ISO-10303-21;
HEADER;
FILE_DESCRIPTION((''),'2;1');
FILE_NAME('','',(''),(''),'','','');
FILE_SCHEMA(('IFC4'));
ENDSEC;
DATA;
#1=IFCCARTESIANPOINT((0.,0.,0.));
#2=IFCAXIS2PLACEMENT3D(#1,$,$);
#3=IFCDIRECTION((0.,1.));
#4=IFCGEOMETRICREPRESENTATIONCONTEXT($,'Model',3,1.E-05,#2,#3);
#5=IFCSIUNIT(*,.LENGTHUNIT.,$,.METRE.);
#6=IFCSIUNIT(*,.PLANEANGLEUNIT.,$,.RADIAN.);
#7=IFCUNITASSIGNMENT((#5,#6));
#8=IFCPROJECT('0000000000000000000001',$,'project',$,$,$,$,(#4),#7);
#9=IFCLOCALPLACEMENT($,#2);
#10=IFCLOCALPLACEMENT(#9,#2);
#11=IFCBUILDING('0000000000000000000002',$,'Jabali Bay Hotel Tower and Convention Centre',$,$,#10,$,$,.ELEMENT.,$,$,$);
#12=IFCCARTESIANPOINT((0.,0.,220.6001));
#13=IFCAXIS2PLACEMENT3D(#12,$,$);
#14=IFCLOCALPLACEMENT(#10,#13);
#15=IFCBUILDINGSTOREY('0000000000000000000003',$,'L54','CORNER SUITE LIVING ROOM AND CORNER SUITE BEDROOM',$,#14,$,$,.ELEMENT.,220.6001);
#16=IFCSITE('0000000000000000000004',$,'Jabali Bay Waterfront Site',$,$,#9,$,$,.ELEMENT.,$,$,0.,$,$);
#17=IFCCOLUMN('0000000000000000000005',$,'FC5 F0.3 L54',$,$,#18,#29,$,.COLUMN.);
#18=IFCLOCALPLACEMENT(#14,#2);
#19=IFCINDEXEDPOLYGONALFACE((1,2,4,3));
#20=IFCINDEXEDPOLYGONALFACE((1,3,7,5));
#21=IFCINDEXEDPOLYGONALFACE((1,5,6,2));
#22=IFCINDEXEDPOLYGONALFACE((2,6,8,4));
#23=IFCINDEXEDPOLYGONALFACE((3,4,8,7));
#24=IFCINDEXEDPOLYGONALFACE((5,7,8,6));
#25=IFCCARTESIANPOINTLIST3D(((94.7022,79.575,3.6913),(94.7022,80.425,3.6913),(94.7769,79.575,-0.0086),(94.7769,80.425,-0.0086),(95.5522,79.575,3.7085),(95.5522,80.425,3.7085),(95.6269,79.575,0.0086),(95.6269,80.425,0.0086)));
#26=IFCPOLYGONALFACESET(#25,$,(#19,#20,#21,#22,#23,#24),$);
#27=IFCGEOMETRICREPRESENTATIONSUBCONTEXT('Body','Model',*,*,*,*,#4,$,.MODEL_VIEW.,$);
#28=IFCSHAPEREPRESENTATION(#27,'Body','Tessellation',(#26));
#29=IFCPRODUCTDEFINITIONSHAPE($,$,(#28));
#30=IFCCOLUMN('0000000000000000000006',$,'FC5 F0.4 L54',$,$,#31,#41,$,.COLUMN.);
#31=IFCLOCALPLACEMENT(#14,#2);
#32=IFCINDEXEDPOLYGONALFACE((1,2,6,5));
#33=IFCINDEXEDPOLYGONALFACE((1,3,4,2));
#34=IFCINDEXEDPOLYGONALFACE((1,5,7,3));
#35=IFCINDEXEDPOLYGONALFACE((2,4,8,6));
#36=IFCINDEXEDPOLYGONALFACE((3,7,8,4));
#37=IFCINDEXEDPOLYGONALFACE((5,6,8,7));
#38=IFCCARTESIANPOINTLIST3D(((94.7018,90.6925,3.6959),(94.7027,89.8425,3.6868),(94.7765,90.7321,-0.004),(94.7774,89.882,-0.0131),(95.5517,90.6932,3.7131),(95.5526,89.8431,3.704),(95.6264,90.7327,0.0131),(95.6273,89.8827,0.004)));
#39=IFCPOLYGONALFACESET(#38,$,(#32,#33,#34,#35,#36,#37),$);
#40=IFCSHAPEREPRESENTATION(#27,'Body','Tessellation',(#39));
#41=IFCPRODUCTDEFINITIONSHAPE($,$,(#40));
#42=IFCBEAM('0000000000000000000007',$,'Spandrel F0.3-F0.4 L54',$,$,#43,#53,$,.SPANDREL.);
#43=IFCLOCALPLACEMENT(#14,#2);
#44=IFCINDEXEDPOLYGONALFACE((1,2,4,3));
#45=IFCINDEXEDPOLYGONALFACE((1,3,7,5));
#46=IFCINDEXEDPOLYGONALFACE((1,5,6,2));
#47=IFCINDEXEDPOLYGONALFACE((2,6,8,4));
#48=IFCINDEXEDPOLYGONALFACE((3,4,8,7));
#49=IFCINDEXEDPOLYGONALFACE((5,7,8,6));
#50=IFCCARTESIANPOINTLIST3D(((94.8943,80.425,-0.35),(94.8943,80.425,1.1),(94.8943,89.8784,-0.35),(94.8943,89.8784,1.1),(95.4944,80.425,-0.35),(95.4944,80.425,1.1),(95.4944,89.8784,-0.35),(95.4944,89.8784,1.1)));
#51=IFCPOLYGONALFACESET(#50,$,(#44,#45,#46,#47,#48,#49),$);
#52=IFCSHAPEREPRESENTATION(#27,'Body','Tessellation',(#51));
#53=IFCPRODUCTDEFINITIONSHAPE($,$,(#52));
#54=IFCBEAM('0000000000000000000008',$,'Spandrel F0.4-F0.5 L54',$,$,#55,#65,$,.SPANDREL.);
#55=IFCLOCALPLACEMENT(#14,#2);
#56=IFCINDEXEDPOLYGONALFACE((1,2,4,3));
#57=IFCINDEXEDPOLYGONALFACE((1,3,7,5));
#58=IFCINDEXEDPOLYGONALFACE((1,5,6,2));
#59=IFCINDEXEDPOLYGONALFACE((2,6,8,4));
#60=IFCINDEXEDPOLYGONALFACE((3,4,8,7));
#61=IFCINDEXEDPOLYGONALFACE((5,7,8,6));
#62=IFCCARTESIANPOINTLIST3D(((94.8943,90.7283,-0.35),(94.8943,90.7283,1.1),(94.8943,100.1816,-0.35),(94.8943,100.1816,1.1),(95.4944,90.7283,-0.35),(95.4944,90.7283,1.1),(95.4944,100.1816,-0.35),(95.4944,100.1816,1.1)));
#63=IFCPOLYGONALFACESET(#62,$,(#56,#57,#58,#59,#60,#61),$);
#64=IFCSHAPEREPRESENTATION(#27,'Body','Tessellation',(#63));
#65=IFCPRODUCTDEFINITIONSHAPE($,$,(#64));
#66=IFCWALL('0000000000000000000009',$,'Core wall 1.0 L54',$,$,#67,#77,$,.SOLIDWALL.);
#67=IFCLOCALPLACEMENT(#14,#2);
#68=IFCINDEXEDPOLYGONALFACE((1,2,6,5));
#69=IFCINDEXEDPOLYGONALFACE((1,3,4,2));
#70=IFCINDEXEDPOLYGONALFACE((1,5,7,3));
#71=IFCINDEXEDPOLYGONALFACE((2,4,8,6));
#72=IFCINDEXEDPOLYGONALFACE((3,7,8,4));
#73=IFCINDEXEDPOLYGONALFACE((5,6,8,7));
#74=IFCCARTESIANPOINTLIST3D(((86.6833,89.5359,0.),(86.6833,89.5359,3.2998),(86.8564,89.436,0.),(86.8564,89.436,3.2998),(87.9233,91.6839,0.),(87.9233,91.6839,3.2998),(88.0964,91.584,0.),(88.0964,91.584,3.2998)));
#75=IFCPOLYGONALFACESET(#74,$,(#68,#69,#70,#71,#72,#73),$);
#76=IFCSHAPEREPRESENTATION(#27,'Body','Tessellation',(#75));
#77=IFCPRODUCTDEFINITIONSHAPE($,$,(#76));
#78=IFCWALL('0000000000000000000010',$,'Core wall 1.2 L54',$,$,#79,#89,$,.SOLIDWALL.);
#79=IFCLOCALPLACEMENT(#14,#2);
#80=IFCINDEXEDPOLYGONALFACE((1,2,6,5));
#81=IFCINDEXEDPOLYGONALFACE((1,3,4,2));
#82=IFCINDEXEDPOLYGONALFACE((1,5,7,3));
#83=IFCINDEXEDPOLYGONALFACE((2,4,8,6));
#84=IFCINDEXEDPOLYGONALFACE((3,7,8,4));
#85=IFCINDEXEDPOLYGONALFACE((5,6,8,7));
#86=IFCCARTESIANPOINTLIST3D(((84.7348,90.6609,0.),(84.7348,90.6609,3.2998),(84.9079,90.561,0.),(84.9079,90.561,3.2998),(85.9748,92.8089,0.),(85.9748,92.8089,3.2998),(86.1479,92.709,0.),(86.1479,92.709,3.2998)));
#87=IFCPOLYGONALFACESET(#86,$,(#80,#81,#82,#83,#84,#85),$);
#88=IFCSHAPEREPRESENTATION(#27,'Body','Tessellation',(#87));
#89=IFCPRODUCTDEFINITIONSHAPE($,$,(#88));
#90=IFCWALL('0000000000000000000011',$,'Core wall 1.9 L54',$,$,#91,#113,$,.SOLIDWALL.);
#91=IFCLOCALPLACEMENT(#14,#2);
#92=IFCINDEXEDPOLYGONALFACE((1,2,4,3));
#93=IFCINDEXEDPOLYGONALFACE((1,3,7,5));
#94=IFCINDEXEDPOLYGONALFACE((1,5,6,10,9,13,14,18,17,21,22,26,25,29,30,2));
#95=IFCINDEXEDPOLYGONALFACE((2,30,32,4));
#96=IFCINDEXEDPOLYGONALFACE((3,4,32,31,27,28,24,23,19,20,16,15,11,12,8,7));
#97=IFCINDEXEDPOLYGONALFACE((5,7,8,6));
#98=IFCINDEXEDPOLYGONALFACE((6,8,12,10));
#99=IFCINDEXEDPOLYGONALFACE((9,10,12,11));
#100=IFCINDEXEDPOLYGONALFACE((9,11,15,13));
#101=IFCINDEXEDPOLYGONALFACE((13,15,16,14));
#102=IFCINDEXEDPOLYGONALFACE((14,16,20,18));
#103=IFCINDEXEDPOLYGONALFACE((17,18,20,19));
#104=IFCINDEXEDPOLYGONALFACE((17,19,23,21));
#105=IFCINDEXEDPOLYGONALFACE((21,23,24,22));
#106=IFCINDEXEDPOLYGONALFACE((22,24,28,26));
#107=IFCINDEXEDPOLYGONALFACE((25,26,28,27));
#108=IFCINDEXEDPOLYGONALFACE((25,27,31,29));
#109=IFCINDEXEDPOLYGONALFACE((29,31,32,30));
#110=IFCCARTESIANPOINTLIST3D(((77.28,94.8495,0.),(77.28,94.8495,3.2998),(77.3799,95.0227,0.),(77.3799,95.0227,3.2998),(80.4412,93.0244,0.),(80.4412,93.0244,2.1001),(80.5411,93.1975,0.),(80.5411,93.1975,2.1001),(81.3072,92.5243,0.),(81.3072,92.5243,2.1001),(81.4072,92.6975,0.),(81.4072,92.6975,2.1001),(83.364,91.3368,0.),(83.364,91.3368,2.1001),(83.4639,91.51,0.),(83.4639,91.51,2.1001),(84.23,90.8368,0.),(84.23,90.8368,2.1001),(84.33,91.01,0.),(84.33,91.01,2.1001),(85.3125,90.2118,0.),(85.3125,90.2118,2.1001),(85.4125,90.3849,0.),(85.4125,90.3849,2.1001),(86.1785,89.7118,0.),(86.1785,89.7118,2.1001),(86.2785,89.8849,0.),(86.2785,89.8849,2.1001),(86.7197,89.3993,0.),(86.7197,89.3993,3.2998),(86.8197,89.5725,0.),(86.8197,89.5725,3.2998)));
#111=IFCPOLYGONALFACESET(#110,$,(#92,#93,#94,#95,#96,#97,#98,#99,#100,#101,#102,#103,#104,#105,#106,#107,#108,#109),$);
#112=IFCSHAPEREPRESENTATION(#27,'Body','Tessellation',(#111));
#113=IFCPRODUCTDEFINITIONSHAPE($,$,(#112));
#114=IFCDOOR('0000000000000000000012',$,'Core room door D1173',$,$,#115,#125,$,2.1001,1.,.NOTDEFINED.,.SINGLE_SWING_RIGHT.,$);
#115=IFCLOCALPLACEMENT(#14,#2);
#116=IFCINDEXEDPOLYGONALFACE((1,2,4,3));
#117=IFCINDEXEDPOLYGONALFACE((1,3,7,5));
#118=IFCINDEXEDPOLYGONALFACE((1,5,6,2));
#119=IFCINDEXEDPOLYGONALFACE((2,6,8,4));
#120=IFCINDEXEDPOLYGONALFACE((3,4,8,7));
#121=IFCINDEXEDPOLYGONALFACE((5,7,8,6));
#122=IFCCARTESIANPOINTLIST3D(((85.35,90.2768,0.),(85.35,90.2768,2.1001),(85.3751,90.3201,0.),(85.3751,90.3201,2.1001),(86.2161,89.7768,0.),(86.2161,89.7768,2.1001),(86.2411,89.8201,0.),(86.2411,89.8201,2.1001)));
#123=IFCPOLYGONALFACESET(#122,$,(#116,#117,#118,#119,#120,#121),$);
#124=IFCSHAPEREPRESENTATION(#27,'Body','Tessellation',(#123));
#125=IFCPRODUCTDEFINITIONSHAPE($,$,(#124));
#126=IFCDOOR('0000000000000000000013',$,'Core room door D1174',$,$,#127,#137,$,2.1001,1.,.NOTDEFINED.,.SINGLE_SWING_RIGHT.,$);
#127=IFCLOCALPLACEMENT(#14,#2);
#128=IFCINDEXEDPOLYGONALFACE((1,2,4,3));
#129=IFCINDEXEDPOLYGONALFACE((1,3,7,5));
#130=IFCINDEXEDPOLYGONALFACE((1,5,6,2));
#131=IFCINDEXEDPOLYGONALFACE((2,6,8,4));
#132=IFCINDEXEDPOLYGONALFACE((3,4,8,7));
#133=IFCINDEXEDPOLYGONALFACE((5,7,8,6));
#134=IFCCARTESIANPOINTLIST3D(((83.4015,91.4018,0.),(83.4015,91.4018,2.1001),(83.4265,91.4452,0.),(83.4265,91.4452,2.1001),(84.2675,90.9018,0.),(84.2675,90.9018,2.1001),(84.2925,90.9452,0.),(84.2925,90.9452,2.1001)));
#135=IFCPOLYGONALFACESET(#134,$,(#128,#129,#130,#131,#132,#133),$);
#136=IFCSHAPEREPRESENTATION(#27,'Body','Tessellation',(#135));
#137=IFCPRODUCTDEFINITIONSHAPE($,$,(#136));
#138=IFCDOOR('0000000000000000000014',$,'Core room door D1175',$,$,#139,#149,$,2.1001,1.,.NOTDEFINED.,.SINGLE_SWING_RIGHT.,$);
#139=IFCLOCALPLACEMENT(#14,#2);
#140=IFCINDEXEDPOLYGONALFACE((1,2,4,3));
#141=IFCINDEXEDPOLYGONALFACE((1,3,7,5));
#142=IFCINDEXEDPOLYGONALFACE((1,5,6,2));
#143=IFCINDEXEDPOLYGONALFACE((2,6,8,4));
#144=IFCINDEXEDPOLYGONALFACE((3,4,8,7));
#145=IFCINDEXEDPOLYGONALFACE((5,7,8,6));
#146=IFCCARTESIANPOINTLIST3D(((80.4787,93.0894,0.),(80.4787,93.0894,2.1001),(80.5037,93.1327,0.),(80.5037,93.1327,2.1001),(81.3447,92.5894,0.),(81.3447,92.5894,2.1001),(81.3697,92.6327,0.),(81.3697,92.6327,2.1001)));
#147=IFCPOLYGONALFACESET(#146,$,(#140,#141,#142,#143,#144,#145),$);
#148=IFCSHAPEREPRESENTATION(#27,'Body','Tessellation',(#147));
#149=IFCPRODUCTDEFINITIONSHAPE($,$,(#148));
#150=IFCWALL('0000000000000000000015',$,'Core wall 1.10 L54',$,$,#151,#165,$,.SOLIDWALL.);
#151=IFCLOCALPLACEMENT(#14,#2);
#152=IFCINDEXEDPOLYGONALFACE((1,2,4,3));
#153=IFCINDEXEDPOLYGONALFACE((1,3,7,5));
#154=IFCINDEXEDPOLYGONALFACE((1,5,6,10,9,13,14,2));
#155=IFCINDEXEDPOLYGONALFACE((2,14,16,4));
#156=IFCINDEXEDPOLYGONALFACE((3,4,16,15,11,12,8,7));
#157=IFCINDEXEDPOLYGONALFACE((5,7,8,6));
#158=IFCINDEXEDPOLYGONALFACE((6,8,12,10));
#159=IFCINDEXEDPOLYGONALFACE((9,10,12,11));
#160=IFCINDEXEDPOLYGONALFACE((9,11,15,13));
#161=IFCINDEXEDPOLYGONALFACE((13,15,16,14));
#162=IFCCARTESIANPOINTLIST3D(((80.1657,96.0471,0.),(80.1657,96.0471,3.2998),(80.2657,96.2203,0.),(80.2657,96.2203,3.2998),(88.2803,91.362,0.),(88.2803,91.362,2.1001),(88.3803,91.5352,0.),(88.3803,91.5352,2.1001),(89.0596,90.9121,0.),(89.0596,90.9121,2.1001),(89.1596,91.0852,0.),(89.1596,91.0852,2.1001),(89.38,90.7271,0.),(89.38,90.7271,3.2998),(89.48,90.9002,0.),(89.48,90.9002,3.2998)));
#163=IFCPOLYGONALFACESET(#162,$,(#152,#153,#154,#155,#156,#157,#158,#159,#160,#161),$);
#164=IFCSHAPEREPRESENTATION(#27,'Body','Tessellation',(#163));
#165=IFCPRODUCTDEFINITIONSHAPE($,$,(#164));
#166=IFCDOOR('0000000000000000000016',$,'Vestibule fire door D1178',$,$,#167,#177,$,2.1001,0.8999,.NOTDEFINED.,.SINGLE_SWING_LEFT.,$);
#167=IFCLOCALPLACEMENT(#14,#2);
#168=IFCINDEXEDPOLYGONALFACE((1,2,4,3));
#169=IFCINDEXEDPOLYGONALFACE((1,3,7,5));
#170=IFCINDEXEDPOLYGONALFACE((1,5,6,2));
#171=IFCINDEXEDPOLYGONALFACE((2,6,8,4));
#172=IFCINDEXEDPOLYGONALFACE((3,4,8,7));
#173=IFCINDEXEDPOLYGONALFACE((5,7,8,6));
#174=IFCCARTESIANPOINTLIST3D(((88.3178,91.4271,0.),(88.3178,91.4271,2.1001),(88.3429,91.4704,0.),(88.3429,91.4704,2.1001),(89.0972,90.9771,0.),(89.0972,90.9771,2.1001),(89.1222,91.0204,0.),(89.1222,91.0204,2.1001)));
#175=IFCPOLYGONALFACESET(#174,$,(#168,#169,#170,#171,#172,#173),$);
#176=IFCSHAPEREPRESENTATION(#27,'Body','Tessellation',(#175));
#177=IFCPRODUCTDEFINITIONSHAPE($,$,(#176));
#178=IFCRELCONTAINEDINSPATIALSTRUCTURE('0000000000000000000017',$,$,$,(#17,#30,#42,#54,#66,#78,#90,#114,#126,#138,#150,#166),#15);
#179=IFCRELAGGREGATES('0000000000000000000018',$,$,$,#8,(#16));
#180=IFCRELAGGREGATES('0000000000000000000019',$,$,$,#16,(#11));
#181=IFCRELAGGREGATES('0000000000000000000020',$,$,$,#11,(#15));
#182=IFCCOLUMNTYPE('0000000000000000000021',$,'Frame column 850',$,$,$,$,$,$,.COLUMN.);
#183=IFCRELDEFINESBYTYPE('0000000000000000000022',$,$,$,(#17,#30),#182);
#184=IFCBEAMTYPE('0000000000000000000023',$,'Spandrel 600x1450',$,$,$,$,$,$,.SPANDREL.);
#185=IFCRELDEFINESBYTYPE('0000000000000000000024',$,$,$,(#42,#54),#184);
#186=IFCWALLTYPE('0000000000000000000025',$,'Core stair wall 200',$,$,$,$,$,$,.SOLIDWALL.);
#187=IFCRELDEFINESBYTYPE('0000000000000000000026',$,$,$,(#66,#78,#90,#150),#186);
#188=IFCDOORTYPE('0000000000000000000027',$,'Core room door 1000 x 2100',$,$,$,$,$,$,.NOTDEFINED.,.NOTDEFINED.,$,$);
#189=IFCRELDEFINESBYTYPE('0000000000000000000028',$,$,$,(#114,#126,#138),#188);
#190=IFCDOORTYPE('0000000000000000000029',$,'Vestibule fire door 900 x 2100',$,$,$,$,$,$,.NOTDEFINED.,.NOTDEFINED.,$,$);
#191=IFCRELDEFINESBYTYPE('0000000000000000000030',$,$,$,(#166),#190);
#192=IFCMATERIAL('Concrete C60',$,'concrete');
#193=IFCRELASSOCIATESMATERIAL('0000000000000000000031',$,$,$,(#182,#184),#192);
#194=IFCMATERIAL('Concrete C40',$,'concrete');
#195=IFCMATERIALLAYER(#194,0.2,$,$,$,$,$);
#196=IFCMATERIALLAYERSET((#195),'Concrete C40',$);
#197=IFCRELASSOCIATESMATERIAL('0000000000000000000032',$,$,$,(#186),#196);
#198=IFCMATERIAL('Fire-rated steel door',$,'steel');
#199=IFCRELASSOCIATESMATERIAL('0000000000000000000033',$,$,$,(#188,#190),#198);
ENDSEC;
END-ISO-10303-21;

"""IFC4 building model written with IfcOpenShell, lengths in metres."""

from ifc_helpers import new_model, si_unit, direction, frame, frame_2d, origin, origin_2d, place, context, subcontext, project, spatial, rectangle, extrude, material, layer, layer_set, material_profile, profile_set, type_object, element, fill, save


model = new_model("IFC4")

# Units and contexts
model_context = context("Model", 3, precision=1e-05, world=origin(), true_north=direction((0.0, 1.0)))
body_context = subcontext(model_context, "Body", "Model", "MODEL_VIEW")
ifc_project = project(units=[si_unit("LENGTHUNIT", "METRE"), si_unit("PLANEANGLEUNIT", "RADIAN")], contexts=[model_context])

# Site, building, storey
site_placement = place(None, origin())
site = spatial("IfcSite", under=ifc_project, at=site_placement, Name="Jabali Bay Waterfront Site", CompositionType="ELEMENT", RefElevation=0.0)
building_placement = place(site_placement, origin())
building = spatial("IfcBuilding", under=site, at=building_placement, Name="Jabali Bay Hotel Tower and Convention Centre", CompositionType="ELEMENT")
storey_placement = place(building_placement, frame((0.0, 0.0, 220.6001)))
storey = spatial("IfcBuildingStorey", under=building, at=storey_placement, Name="L54", Description="CORNER SUITE LIVING ROOM AND CORNER SUITE BEDROOM", CompositionType="ELEMENT", Elevation=220.6001)

# Columns
ifc_material_1 = material(Name="Concrete C60", Category="concrete")
ifc_material_profile_1 = material_profile(ifc_material_1, rectangle(XDim=0.8501, YDim=0.8501, at=origin_2d()), Name="Frame column 850")
ifc_profile_set_1 = profile_set([ifc_material_profile_1], Name="Concrete C60")
column_type = type_object("IfcColumnType", Name="Frame column 850", PredefinedType="COLUMN", material=ifc_profile_set_1)
column_1_placement = place(storey_placement, frame((95.2019, 80.0, 0.0), z_axis=(-0.020187, 0.0, 0.999796), x_axis=(0.0, -1.0, 0.0)))
element("IfcColumn", 1, at=column_1_placement, inside=storey, type_object=column_type, Name="FC5 F0.3 L54", PredefinedType="COLUMN", context=body_context, shape_type="SweptSolid", body=[
    extrude(rectangle(XDim=0.8501, YDim=0.8501, at=origin_2d()), origin(), (0.0, 0.0, 1.0), 3.7007),
])
column_2_placement = place(storey_placement, frame((95.2019, 90.3074, 0.0), z_axis=(-0.020186, -0.010687, 0.999739), x_axis=(0.999796, 0.000808, 0.020196)))
element("IfcColumn", 2, at=column_2_placement, inside=storey, type_object=column_type, Name="FC5 F0.4 L54", PredefinedType="COLUMN", context=body_context, shape_type="SweptSolid", body=[
    extrude(rectangle(XDim=0.8501, YDim=0.8501, at=origin_2d()), origin(), (0.0, 0.0, 1.0), 3.7009),
])

# Beams
ifc_material_profile_2 = material_profile(ifc_material_1, rectangle(XDim=0.6001, YDim=1.45, at=origin_2d()), Name="Spandrel 600x1450")
ifc_profile_set_2 = profile_set([ifc_material_profile_2], Name="Concrete C60")
beam_type = type_object("IfcBeamType", Name="Spandrel 600x1450", PredefinedType="SPANDREL", material=ifc_profile_set_2)
for number, where, z_axis, x_axis, name in (
    (3, (95.1943, 80.425, 0.375), (0.0, 1.0, 0.0), (-1.0, 0.0, 0.0), "Spandrel F0.3-F0.4 L54"),
    (4, (95.1943, 90.7283, 0.375), (0.0, 1.0, 0.0), (-1.0, 0.0, 0.0), "Spandrel F0.4-F0.5 L54"),
):
    element("IfcBeam", number, at=place(storey_placement, frame(where, z_axis=z_axis, x_axis=x_axis)), inside=storey, type_object=beam_type, Name=name, PredefinedType="SPANDREL", context=body_context, shape_type="SweptSolid", body=[
        extrude(rectangle(XDim=0.6001, YDim=1.45, at=origin_2d()), origin(), (0.0, 0.0, 1.0), 9.4534),
    ])

# Walls
ifc_material_2 = material(Name="Concrete C40", Category="concrete")
ifc_layer_1 = layer(ifc_material_2, 0.2)
ifc_layer_set_1 = layer_set([ifc_layer_1], Name="Concrete C40")
wall_type_1 = type_object("IfcWallType", Name="Core stair wall 200", PredefinedType="SOLIDWALL", material=ifc_layer_set_1)
for number, where, z_axis, x_axis, name in (
    (5, (86.7698, 89.4858, 0.0), (0.0, 0.0, 1.0), (0.499961, 0.866048, 0.0), "Core wall 1.0 L54"),
    (6, (84.8213, 90.6108, 0.0), (0.0, 0.0, 1.0), (0.499961, 0.866048, 0.0), "Core wall 1.2 L54"),
):
    element("IfcWall", number, at=place(storey_placement, frame(where, z_axis=z_axis, x_axis=x_axis)), inside=storey, type_object=wall_type_1, Name=name, PredefinedType="SOLIDWALL", context=body_context, shape_type="SweptSolid", body=[
        extrude(rectangle(XDim=2.4802, YDim=0.2, at=frame_2d((1.2402, 0.0))), origin(), (0.0, 0.0, 1.0), 3.2998),
    ])

# Wall, openings, doors
wall_1_placement = place(storey_placement, frame((86.7698, 89.4858, 0.0), z_axis=(0.0, 0.0, 1.0), x_axis=(-0.866018, 0.500013, 0.0)))
wall_1 = element("IfcWall", 7, at=wall_1_placement, inside=storey, type_object=wall_type_1, Name="Core wall 1.9 L54", PredefinedType="SOLIDWALL", context=body_context, shape_type="SweptSolid", body=[
    extrude(rectangle(XDim=10.9001, YDim=0.2, at=frame_2d((5.4502, 0.0))), origin(), (0.0, 0.0, 1.0), 3.2998),
])
opening_1_placement = place(wall_1_placement, frame((0.625, 0.0, 0.0)))
opening_1 = element("IfcOpeningElement", 8, at=opening_1_placement, cuts=wall_1, PredefinedType="OPENING", context=body_context, shape_type="SweptSolid", body=[
    extrude(rectangle(XDim=1.0, YDim=2.1001, at=frame_2d((0.5, 1.05))), frame((0.0, 0.1104, 0.0), z_axis=(0.0, -1.0, 0.0), x_axis=(1.0, 0.0, 0.0)), (0.0, 0.0, 1.0), 0.2209),
])
opening_2_placement = place(wall_1_placement, frame((2.875, 0.0, 0.0)))
opening_2 = element("IfcOpeningElement", 9, at=opening_2_placement, cuts=wall_1, PredefinedType="OPENING", context=body_context, shape_type="SweptSolid", body=[
    extrude(rectangle(XDim=1.0, YDim=2.1001, at=frame_2d((0.5, 1.05))), frame((0.0, 0.1104, 0.0), z_axis=(0.0, -1.0, 0.0), x_axis=(1.0, 0.0, 0.0)), (0.0, 0.0, 1.0), 0.2209),
])
opening_3_placement = place(wall_1_placement, frame((6.25, 0.0, 0.0)))
opening_3 = element("IfcOpeningElement", 10, at=opening_3_placement, cuts=wall_1, PredefinedType="OPENING", context=body_context, shape_type="SweptSolid", body=[
    extrude(rectangle(XDim=1.0, YDim=2.1001, at=frame_2d((0.5, 1.05))), frame((0.0, 0.1104, 0.0), z_axis=(0.0, -1.0, 0.0), x_axis=(1.0, 0.0, 0.0)), (0.0, 0.0, 1.0), 0.2209),
])
ifc_material_3 = material(Name="Fire-rated steel door", Category="steel")
door_type_1 = type_object("IfcDoorType", Name="Core room door 1000 x 2100", OperationType="NOTDEFINED", PredefinedType="NOTDEFINED", material=ifc_material_3)
door_1_placement = place(opening_1_placement, origin())
door_1 = element("IfcDoor", 11, at=door_1_placement, inside=storey, type_object=door_type_1, Name="Core room door D1173", OperationType="SINGLE_SWING_RIGHT", OverallHeight=2.1001, OverallWidth=1.0, PredefinedType="NOTDEFINED", context=body_context, shape_type="SweptSolid", body=[
    extrude(rectangle(XDim=1.0, YDim=2.1001, at=frame_2d((0.5, 1.05))), frame((0.0, 0.0249, 0.0), z_axis=(0.0, -1.0, 0.0), x_axis=(1.0, 0.0, 0.0)), (0.0, 0.0, 1.0), 0.05),
])
fill(opening_1, door_1)
door_2_placement = place(opening_2_placement, origin())
door_2 = element("IfcDoor", 12, at=door_2_placement, inside=storey, type_object=door_type_1, Name="Core room door D1174", OperationType="SINGLE_SWING_RIGHT", OverallHeight=2.1001, OverallWidth=1.0, PredefinedType="NOTDEFINED", context=body_context, shape_type="SweptSolid", body=[
    extrude(rectangle(XDim=1.0, YDim=2.1001, at=frame_2d((0.5, 1.05))), frame((0.0, 0.0249, 0.0), z_axis=(0.0, -1.0, 0.0), x_axis=(1.0, 0.0, 0.0)), (0.0, 0.0, 1.0), 0.05),
])
fill(opening_2, door_2)
door_3_placement = place(opening_3_placement, origin())
door_3 = element("IfcDoor", 13, at=door_3_placement, inside=storey, type_object=door_type_1, Name="Core room door D1175", OperationType="SINGLE_SWING_RIGHT", OverallHeight=2.1001, OverallWidth=1.0, PredefinedType="NOTDEFINED", context=body_context, shape_type="SweptSolid", body=[
    extrude(rectangle(XDim=1.0, YDim=2.1001, at=frame_2d((0.5, 1.05))), frame((0.0, 0.0249, 0.0), z_axis=(0.0, -1.0, 0.0), x_axis=(1.0, 0.0, 0.0)), (0.0, 0.0, 1.0), 0.05),
])
fill(opening_3, door_3)

# Wall, opening, door
wall_2_placement = place(storey_placement, frame((89.4299, 90.8137, 0.0), z_axis=(0.0, 0.0, 1.0), x_axis=(-0.866019, 0.500011, 0.0)))
wall_2 = element("IfcWall", 14, at=wall_2_placement, inside=storey, type_object=wall_type_1, Name="Core wall 1.10 L54", PredefinedType="SOLIDWALL", context=body_context, shape_type="SweptSolid", body=[
    extrude(rectangle(XDim=10.6399, YDim=0.2, at=frame_2d((5.3198, 0.0))), origin(), (0.0, 0.0, 1.0), 3.2998),
])
opening_4_placement = place(wall_2_placement, frame((0.3699, 0.0, 0.0)))
opening_4 = element("IfcOpeningElement", 15, at=opening_4_placement, cuts=wall_2, PredefinedType="OPENING", context=body_context, shape_type="SweptSolid", body=[
    extrude(rectangle(XDim=0.8999, YDim=2.1001, at=frame_2d((0.45, 1.05))), frame((0.0, 0.1104, 0.0), z_axis=(0.0, -1.0, 0.0), x_axis=(1.0, 0.0, 0.0)), (0.0, 0.0, 1.0), 0.2209),
])
door_type_2 = type_object("IfcDoorType", Name="Vestibule fire door 900 x 2100", OperationType="NOTDEFINED", PredefinedType="NOTDEFINED", material=ifc_material_3)
door_4_placement = place(opening_4_placement, origin())
door_4 = element("IfcDoor", 16, at=door_4_placement, inside=storey, type_object=door_type_2, Name="Vestibule fire door D1178", OperationType="SINGLE_SWING_LEFT", OverallHeight=2.1001, OverallWidth=0.8999, PredefinedType="NOTDEFINED", context=body_context, shape_type="SweptSolid", body=[
    extrude(rectangle(XDim=0.8999, YDim=2.1001, at=frame_2d((0.45, 1.05))), frame((0.0, 0.0249, 0.0), z_axis=(0.0, -1.0, 0.0), x_axis=(1.0, 0.0, 0.0)), (0.0, 0.0, 1.0), 0.05),
])
fill(opening_4, door_4)

save(model, "model.ifc")
